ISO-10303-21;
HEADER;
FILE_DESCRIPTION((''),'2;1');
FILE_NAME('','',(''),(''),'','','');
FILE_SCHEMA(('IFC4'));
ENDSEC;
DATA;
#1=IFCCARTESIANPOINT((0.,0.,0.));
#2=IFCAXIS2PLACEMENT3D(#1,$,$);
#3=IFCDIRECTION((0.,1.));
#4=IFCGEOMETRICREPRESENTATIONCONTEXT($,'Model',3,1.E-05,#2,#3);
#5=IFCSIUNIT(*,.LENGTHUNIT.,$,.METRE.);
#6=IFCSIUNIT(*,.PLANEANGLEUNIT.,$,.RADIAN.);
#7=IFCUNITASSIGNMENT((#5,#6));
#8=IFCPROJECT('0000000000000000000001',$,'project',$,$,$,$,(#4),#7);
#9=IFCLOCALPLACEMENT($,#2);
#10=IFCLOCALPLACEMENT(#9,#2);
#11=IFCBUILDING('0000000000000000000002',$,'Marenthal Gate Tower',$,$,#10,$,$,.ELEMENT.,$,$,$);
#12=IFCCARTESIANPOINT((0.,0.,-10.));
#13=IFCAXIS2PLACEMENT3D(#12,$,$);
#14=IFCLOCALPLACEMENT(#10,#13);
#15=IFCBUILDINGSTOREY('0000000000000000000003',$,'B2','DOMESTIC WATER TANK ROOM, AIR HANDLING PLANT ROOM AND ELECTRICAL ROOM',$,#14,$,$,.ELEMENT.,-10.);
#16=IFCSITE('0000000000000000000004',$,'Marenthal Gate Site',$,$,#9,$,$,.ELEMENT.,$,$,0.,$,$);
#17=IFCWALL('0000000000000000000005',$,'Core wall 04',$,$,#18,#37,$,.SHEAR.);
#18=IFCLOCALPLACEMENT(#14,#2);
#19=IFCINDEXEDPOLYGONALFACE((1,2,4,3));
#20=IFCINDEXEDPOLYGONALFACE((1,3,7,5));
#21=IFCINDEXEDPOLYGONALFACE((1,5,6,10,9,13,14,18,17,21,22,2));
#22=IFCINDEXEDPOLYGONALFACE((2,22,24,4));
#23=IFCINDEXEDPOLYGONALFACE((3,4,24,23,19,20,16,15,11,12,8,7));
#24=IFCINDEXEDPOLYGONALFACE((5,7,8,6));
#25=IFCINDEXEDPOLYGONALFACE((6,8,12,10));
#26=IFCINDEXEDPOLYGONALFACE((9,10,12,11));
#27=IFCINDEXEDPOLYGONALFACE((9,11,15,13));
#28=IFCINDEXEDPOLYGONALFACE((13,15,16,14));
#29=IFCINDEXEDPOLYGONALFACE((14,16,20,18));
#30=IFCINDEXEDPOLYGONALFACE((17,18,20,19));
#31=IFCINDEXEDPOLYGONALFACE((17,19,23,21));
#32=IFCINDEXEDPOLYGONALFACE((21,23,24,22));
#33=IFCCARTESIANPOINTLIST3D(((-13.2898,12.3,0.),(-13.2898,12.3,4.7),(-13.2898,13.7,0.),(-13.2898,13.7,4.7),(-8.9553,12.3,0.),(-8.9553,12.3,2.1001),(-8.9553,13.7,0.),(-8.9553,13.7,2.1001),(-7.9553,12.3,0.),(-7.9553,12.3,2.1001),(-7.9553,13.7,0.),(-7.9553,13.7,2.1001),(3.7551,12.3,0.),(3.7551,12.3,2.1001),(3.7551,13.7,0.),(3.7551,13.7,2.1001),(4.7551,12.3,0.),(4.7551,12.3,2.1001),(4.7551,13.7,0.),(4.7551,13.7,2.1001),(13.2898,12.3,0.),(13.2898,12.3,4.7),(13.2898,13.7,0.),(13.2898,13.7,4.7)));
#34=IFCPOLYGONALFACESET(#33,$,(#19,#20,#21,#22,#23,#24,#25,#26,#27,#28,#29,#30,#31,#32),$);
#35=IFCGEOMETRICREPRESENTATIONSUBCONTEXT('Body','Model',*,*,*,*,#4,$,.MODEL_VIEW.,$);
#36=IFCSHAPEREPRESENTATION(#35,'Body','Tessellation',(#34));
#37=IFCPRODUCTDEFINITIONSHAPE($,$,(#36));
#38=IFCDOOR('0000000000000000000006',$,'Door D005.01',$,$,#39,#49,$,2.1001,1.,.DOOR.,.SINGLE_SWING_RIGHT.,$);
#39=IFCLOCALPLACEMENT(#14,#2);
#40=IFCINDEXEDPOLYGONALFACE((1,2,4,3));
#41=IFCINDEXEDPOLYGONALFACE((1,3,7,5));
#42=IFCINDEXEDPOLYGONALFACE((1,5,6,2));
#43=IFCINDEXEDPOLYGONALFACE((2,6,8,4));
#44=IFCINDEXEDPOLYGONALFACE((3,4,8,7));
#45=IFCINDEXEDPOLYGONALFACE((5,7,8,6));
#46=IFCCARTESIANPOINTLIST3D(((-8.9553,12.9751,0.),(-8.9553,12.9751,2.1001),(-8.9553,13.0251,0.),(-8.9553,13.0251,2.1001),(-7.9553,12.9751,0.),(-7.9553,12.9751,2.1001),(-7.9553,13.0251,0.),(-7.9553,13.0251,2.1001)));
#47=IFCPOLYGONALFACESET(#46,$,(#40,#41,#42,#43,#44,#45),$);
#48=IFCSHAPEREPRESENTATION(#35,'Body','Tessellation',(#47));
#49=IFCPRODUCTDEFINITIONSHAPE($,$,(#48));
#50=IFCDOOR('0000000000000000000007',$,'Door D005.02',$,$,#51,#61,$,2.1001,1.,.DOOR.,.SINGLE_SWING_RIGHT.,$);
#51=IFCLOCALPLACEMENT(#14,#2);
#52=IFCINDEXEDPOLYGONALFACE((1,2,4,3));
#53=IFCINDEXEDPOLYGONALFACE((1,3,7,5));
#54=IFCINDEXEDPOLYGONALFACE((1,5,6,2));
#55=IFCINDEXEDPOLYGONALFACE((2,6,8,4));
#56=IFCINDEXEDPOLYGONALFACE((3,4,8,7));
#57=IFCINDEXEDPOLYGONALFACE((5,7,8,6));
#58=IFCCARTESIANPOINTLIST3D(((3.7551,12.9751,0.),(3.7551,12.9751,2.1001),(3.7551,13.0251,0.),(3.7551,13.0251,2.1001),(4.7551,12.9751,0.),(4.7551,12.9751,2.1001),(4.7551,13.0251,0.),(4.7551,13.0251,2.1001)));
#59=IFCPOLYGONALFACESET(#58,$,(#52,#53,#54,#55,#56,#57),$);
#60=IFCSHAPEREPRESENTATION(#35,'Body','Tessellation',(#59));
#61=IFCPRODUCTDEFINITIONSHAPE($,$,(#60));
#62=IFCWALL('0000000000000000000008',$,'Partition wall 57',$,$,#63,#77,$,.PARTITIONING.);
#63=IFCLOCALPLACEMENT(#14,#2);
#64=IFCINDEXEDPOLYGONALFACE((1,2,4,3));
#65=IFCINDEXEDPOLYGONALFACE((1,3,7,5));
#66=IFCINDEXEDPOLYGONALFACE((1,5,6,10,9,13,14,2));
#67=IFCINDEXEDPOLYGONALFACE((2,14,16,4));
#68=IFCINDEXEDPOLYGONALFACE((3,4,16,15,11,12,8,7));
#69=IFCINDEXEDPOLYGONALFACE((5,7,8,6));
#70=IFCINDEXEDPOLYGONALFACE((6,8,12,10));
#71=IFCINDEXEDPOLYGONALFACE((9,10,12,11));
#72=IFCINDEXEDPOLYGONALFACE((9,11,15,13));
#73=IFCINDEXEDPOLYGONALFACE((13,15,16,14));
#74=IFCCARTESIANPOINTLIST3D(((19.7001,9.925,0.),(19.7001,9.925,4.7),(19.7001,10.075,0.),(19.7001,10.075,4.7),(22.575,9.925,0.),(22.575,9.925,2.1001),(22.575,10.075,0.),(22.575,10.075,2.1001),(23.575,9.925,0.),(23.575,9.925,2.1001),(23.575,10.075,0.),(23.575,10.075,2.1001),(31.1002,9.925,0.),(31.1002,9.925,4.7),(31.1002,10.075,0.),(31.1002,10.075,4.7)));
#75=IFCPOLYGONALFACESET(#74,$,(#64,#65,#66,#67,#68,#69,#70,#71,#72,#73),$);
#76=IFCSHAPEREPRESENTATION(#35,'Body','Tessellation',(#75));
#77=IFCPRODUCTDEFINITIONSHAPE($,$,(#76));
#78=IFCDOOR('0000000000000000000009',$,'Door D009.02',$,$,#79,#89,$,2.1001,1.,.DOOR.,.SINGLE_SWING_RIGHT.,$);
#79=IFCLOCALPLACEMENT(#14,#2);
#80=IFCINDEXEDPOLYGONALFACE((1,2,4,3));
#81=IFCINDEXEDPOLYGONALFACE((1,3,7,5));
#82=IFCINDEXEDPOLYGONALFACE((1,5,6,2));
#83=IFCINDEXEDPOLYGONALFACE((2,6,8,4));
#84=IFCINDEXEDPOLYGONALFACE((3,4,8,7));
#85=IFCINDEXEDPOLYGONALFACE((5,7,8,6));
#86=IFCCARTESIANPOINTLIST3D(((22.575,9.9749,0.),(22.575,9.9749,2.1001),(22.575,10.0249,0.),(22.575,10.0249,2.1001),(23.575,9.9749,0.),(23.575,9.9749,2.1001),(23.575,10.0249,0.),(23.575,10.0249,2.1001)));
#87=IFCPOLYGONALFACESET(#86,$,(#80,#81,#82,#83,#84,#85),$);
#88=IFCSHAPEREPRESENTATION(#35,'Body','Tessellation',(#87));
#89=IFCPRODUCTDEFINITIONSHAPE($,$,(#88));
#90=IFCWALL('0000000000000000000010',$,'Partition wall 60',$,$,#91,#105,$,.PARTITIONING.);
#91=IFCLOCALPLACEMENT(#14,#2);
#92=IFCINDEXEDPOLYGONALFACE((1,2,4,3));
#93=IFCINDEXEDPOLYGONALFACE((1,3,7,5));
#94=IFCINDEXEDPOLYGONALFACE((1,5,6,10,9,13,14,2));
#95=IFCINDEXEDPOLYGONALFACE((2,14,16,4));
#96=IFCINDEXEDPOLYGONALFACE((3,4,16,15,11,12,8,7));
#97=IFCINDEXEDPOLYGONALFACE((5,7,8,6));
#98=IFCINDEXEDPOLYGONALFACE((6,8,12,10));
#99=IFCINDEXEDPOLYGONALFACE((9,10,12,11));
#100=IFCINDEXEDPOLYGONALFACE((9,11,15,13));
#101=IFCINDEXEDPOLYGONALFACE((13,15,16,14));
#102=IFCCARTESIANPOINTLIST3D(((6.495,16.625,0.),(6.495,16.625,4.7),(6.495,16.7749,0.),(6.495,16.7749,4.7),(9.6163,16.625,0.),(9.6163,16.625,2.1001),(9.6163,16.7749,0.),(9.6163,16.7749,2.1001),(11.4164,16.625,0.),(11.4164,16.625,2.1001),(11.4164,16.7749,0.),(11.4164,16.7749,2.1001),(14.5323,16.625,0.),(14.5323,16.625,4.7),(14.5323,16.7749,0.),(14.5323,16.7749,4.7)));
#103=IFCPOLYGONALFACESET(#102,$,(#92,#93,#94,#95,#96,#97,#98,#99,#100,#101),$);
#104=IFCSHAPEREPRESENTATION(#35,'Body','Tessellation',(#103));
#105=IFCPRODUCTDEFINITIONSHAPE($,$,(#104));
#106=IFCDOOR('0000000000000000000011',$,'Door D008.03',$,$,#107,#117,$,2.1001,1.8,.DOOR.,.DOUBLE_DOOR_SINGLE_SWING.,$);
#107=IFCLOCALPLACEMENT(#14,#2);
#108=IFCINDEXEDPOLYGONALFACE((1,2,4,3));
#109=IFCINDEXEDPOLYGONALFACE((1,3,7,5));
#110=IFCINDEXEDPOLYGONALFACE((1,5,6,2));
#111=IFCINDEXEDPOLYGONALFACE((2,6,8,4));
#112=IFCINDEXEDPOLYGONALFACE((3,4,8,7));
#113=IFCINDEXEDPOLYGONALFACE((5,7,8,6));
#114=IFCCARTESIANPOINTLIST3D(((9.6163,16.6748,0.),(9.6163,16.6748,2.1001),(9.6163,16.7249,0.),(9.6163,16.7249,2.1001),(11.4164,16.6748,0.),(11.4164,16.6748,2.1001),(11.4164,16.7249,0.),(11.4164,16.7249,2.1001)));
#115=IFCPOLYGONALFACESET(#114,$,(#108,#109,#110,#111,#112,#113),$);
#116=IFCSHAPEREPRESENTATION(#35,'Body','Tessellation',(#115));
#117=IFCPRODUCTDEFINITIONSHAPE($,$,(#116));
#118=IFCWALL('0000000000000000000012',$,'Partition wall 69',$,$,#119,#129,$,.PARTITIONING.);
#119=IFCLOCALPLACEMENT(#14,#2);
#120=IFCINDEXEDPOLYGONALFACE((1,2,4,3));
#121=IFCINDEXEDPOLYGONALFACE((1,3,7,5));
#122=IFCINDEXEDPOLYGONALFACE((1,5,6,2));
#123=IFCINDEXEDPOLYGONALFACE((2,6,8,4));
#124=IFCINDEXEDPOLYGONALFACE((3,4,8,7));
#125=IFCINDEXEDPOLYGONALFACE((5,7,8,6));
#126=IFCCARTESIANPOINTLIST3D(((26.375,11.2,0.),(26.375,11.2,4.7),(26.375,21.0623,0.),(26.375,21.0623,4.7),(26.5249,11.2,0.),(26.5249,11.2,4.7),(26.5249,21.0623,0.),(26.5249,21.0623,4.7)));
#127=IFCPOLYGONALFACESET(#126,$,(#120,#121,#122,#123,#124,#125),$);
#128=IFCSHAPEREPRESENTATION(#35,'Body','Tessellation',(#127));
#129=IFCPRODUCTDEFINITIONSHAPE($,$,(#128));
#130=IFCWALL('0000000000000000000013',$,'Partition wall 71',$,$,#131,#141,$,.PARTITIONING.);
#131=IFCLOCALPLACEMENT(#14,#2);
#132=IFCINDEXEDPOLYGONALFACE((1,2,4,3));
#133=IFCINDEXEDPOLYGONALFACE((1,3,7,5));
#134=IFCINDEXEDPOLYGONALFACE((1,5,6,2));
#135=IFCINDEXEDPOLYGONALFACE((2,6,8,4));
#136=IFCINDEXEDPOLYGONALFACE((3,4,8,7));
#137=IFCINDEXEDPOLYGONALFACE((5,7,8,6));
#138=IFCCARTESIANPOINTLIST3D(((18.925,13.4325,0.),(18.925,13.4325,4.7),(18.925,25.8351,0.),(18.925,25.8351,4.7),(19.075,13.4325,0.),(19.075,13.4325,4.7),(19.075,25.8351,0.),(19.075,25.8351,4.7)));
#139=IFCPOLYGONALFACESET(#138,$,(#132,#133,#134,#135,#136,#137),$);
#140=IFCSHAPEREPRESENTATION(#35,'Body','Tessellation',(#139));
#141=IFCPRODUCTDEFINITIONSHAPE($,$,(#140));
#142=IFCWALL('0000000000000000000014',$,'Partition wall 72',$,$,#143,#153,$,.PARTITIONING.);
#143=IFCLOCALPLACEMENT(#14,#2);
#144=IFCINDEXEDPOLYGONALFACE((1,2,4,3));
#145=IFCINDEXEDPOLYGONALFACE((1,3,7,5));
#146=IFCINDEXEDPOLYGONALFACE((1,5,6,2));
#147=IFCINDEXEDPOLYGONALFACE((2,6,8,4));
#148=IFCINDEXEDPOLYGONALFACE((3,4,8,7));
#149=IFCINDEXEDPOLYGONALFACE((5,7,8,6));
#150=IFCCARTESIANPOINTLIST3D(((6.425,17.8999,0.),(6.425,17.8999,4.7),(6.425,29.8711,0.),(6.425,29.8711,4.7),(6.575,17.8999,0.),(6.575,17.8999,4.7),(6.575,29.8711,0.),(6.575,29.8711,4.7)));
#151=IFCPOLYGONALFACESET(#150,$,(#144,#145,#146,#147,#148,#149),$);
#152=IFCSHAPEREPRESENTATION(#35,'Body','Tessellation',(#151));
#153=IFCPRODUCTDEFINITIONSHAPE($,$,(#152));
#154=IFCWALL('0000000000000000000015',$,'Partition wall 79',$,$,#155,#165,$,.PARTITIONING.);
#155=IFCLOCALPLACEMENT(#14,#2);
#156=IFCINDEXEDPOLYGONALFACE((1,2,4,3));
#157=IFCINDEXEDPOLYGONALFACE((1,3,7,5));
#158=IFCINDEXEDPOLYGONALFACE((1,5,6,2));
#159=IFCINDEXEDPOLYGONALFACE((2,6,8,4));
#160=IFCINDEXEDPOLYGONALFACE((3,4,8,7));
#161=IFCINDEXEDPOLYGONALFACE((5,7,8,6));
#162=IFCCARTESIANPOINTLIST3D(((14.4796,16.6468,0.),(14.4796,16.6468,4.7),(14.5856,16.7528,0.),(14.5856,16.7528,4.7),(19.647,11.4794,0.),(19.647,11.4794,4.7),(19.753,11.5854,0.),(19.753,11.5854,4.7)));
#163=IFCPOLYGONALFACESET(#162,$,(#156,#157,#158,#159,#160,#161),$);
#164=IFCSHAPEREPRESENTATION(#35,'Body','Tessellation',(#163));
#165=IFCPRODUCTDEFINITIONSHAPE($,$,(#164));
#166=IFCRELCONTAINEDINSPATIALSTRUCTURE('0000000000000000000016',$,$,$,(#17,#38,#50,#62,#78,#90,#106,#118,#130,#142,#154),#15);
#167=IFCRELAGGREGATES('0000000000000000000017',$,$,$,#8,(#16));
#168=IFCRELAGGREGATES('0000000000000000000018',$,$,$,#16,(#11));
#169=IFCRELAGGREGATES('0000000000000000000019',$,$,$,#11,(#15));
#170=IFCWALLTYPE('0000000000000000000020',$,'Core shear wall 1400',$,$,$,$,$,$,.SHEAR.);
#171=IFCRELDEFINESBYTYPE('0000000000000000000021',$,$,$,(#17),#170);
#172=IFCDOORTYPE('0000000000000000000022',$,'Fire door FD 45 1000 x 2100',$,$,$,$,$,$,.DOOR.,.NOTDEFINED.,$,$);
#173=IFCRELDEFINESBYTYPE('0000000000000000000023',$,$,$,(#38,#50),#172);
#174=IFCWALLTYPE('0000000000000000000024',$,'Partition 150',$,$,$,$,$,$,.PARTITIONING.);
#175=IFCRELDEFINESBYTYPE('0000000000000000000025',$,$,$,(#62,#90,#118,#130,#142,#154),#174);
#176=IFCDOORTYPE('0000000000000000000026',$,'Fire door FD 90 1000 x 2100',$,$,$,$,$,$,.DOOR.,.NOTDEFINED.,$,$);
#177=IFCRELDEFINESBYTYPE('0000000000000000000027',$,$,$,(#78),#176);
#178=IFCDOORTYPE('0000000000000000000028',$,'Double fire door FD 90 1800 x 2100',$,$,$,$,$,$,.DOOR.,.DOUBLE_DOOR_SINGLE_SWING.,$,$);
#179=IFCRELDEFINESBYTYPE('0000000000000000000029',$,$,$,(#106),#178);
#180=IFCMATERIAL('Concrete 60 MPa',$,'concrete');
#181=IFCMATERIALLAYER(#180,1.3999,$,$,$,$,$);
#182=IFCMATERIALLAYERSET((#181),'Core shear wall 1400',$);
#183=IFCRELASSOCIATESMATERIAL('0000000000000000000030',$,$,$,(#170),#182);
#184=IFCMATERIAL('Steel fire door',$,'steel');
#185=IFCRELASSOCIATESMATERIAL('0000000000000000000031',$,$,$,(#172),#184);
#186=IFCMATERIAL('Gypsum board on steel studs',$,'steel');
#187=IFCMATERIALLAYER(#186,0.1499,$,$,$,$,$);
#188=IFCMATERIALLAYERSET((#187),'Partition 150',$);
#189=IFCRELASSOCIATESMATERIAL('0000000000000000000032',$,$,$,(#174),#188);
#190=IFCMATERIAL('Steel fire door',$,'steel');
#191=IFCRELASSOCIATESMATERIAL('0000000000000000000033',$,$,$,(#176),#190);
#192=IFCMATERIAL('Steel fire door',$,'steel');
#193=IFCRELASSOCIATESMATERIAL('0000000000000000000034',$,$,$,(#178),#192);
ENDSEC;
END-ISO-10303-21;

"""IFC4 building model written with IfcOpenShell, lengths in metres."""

from ifc_helpers import new_model, si_unit, direction, frame, frame_2d, origin, place, context, subcontext, project, spatial, rectangle, extrude, material, layer, layer_set, type_object, element, fill, save


model = new_model("IFC4")

# Units and contexts
model_context = context("Model", 3, precision=1e-05, world=origin(), true_north=direction((0.0, 1.0)))
body_context = subcontext(model_context, "Body", "Model", "MODEL_VIEW")
ifc_project = project(units=[si_unit("LENGTHUNIT", "METRE"), si_unit("PLANEANGLEUNIT", "RADIAN")], contexts=[model_context])

# Site, building, storey
site_placement = place(None, origin())
site = spatial("IfcSite", under=ifc_project, at=site_placement, Name="Marenthal Gate Site", CompositionType="ELEMENT", RefElevation=0.0)
building_placement = place(site_placement, origin())
building = spatial("IfcBuilding", under=site, at=building_placement, Name="Marenthal Gate Tower", CompositionType="ELEMENT")
storey_placement = place(building_placement, frame((0.0, 0.0, -10.0)))
storey = spatial("IfcBuildingStorey", under=building, at=storey_placement, Name="B2", Description="DOMESTIC WATER TANK ROOM, AIR HANDLING PLANT ROOM AND ELECTRICAL ROOM", CompositionType="ELEMENT", Elevation=-10.0)

# Wall, openings, doors
ifc_material_1 = material(Name="Concrete 60 MPa", Category="concrete")
ifc_layer_1 = layer(ifc_material_1, 1.3999)
ifc_layer_set_1 = layer_set([ifc_layer_1], Name="Core shear wall 1400")
wall_type_1 = type_object("IfcWallType", Name="Core shear wall 1400", PredefinedType="SHEAR", material=ifc_layer_set_1)
wall_1_placement = place(storey_placement, frame((13.2898, 13.0, 0.0), z_axis=(0.0, 0.0, 1.0), x_axis=(-1.0, 0.0, 0.0)))
wall_1 = element("IfcWall", 1, at=wall_1_placement, inside=storey, type_object=wall_type_1, Name="Core wall 04", PredefinedType="SHEAR", context=body_context, shape_type="SweptSolid", body=[
    extrude(rectangle(XDim=26.5796, YDim=1.3999, at=frame_2d((13.2898, 0.0))), origin(), (0.0, 0.0, 1.0), 4.7),
])
opening_1_placement = place(wall_1_placement, frame((21.2451, 0.0, 0.0)))
opening_1 = element("IfcOpeningElement", 2, at=opening_1_placement, cuts=wall_1, PredefinedType="OPENING", context=body_context, shape_type="SweptSolid", body=[
    extrude(rectangle(XDim=1.0, YDim=2.1001, at=frame_2d((0.5, 1.05))), frame((0.0, 0.71, 0.0), z_axis=(0.0, -1.0, 0.0), x_axis=(1.0, 0.0, 0.0)), (0.0, 0.0, 1.0), 1.4199),
])
opening_2_placement = place(wall_1_placement, frame((8.5347, 0.0, 0.0)))
opening_2 = element("IfcOpeningElement", 3, at=opening_2_placement, cuts=wall_1, PredefinedType="OPENING", context=body_context, shape_type="SweptSolid", body=[
    extrude(rectangle(XDim=1.0, YDim=2.1001, at=frame_2d((0.5, 1.05))), frame((0.0, 0.71, 0.0), z_axis=(0.0, -1.0, 0.0), x_axis=(1.0, 0.0, 0.0)), (0.0, 0.0, 1.0), 1.4199),
])
ifc_material_2 = material(Name="Steel fire door", Category="steel")
door_type_1 = type_object("IfcDoorType", Name="Fire door FD 45 1000 x 2100", OperationType="NOTDEFINED", PredefinedType="DOOR", material=ifc_material_2)
door_1_placement = place(opening_1_placement, origin())
door_1 = element("IfcDoor", 4, at=door_1_placement, inside=storey, type_object=door_type_1, Name="Door D005.01", OperationType="SINGLE_SWING_RIGHT", OverallHeight=2.1001, OverallWidth=1.0, PredefinedType="DOOR", context=body_context, shape_type="SweptSolid", body=[
    extrude(rectangle(XDim=1.0, YDim=2.1001, at=frame_2d((0.5, 1.05))), frame((0.0, 0.0249, 0.0), z_axis=(0.0, -1.0, 0.0), x_axis=(1.0, 0.0, 0.0)), (0.0, 0.0, 1.0), 0.05),
])
fill(opening_1, door_1)
door_2_placement = place(opening_2_placement, origin())
door_2 = element("IfcDoor", 5, at=door_2_placement, inside=storey, type_object=door_type_1, Name="Door D005.02", OperationType="SINGLE_SWING_RIGHT", OverallHeight=2.1001, OverallWidth=1.0, PredefinedType="DOOR", context=body_context, shape_type="SweptSolid", body=[
    extrude(rectangle(XDim=1.0, YDim=2.1001, at=frame_2d((0.5, 1.05))), frame((0.0, 0.0249, 0.0), z_axis=(0.0, -1.0, 0.0), x_axis=(1.0, 0.0, 0.0)), (0.0, 0.0, 1.0), 0.05),
])
fill(opening_2, door_2)

# Walls, openings, doors
ifc_material_3 = material(Name="Gypsum board on steel studs", Category="steel")
ifc_layer_2 = layer(ifc_material_3, 0.1499)
ifc_layer_set_2 = layer_set([ifc_layer_2], Name="Partition 150")
wall_type_2 = type_object("IfcWallType", Name="Partition 150", PredefinedType="PARTITIONING", material=ifc_layer_set_2)
wall_2_placement = place(storey_placement, frame((19.7, 10.0, 0.0), z_axis=(0.0, 0.0, 1.0), x_axis=(1.0, 0.0, 0.0)))
wall_2 = element("IfcWall", 6, at=wall_2_placement, inside=storey, type_object=wall_type_2, Name="Partition wall 57", PredefinedType="PARTITIONING", context=body_context, shape_type="SweptSolid", body=[
    extrude(rectangle(XDim=11.4001, YDim=0.1499, at=frame_2d((5.7002, 0.0))), origin(), (0.0, 0.0, 1.0), 4.7),
])
opening_3_placement = place(wall_2_placement, frame((2.875, 0.0, 0.0)))
opening_3 = element("IfcOpeningElement", 7, at=opening_3_placement, cuts=wall_2, PredefinedType="OPENING", context=body_context, shape_type="SweptSolid", body=[
    extrude(rectangle(XDim=1.0, YDim=2.1001, at=frame_2d((0.5, 1.05))), frame((0.0, 0.085, 0.0), z_axis=(0.0, -1.0, 0.0), x_axis=(1.0, 0.0, 0.0)), (0.0, 0.0, 1.0), 0.1699),
])
ifc_material_4 = material(Name="Steel fire door", Category="steel")
door_type_2 = type_object("IfcDoorType", Name="Fire door FD 90 1000 x 2100", OperationType="NOTDEFINED", PredefinedType="DOOR", material=ifc_material_4)
door_3_placement = place(opening_3_placement, origin())
door_3 = element("IfcDoor", 8, at=door_3_placement, inside=storey, type_object=door_type_2, Name="Door D009.02", OperationType="SINGLE_SWING_RIGHT", OverallHeight=2.1001, OverallWidth=1.0, PredefinedType="DOOR", context=body_context, shape_type="SweptSolid", body=[
    extrude(rectangle(XDim=1.0, YDim=2.1001, at=frame_2d((0.5, 1.05))), frame((0.0, 0.0249, 0.0), z_axis=(0.0, -1.0, 0.0), x_axis=(1.0, 0.0, 0.0)), (0.0, 0.0, 1.0), 0.05),
])
fill(opening_3, door_3)
wall_3_placement = place(storey_placement, frame((6.4951, 16.7, 0.0), z_axis=(0.0, 0.0, 1.0), x_axis=(1.0, 0.0, 0.0)))
wall_3 = element("IfcWall", 9, at=wall_3_placement, inside=storey, type_object=wall_type_2, Name="Partition wall 60", PredefinedType="PARTITIONING", context=body_context, shape_type="SweptSolid", body=[
    extrude(rectangle(XDim=8.0374, YDim=0.1499, at=frame_2d((4.0186, 0.0))), origin(), (0.0, 0.0, 1.0), 4.7),
])
opening_4_placement = place(wall_3_placement, frame((3.1213, 0.0, 0.0)))
opening_4 = element("IfcOpeningElement", 10, at=opening_4_placement, cuts=wall_3, PredefinedType="OPENING", context=body_context, shape_type="SweptSolid", body=[
    extrude(rectangle(XDim=1.8, YDim=2.1001, at=frame_2d((0.8999, 1.05))), frame((0.0, 0.085, 0.0), z_axis=(0.0, -1.0, 0.0), x_axis=(1.0, 0.0, 0.0)), (0.0, 0.0, 1.0), 0.1699),
])
ifc_material_5 = material(Name="Steel fire door", Category="steel")
door_type_3 = type_object("IfcDoorType", Name="Double fire door FD 90 1800 x 2100", OperationType="DOUBLE_DOOR_SINGLE_SWING", PredefinedType="DOOR", material=ifc_material_5)
door_4_placement = place(opening_4_placement, origin())
door_4 = element("IfcDoor", 11, at=door_4_placement, inside=storey, type_object=door_type_3, Name="Door D008.03", OperationType="DOUBLE_DOOR_SINGLE_SWING", OverallHeight=2.1001, OverallWidth=1.8, PredefinedType="DOOR", context=body_context, shape_type="SweptSolid", body=[
    extrude(rectangle(XDim=1.8, YDim=2.1001, at=frame_2d((0.8999, 1.05))), frame((0.0, 0.0249, 0.0), z_axis=(0.0, -1.0, 0.0), x_axis=(1.0, 0.0, 0.0)), (0.0, 0.0, 1.0), 0.05),
])
fill(opening_4, door_4)

# Walls
wall_4_placement = place(storey_placement, frame((26.45, 11.2, 0.0), z_axis=(0.0, 0.0, 1.0), x_axis=(0.0, 1.0, 0.0)))
element("IfcWall", 12, at=wall_4_placement, inside=storey, type_object=wall_type_2, Name="Partition wall 69", PredefinedType="PARTITIONING", context=body_context, shape_type="SweptSolid", body=[
    extrude(rectangle(XDim=9.8623, YDim=0.1499, at=frame_2d((4.9312, 0.0))), origin(), (0.0, 0.0, 1.0), 4.7),
])
wall_5_placement = place(storey_placement, frame((19.0, 13.4326, 0.0), z_axis=(0.0, 0.0, 1.0), x_axis=(0.0, 1.0, 0.0)))
element("IfcWall", 13, at=wall_5_placement, inside=storey, type_object=wall_type_2, Name="Partition wall 71", PredefinedType="PARTITIONING", context=body_context, shape_type="SweptSolid", body=[
    extrude(rectangle(XDim=12.4026, YDim=0.1499, at=frame_2d((6.2012, 0.0))), origin(), (0.0, 0.0, 1.0), 4.7),
])
wall_6_placement = place(storey_placement, frame((6.5, 17.8999, 0.0), z_axis=(0.0, 0.0, 1.0), x_axis=(0.0, 1.0, 0.0)))
element("IfcWall", 14, at=wall_6_placement, inside=storey, type_object=wall_type_2, Name="Partition wall 72", PredefinedType="PARTITIONING", context=body_context, shape_type="SweptSolid", body=[
    extrude(rectangle(XDim=11.9712, YDim=0.1499, at=frame_2d((5.9856, 0.0))), origin(), (0.0, 0.0, 1.0), 4.7),
])
wall_7_placement = place(storey_placement, frame((19.7, 11.5325, 0.0), z_axis=(0.0, 0.0, 1.0), x_axis=(-0.707107, 0.707107, 0.0)))
element("IfcWall", 15, at=wall_7_placement, inside=storey, type_object=wall_type_2, Name="Partition wall 79", PredefinedType="PARTITIONING", context=body_context, shape_type="SweptSolid", body=[
    extrude(rectangle(XDim=7.3079, YDim=0.1499, at=frame_2d((3.6538, 0.0))), origin(), (0.0, 0.0, 1.0), 4.7),
])

save(model, "model.ifc")
